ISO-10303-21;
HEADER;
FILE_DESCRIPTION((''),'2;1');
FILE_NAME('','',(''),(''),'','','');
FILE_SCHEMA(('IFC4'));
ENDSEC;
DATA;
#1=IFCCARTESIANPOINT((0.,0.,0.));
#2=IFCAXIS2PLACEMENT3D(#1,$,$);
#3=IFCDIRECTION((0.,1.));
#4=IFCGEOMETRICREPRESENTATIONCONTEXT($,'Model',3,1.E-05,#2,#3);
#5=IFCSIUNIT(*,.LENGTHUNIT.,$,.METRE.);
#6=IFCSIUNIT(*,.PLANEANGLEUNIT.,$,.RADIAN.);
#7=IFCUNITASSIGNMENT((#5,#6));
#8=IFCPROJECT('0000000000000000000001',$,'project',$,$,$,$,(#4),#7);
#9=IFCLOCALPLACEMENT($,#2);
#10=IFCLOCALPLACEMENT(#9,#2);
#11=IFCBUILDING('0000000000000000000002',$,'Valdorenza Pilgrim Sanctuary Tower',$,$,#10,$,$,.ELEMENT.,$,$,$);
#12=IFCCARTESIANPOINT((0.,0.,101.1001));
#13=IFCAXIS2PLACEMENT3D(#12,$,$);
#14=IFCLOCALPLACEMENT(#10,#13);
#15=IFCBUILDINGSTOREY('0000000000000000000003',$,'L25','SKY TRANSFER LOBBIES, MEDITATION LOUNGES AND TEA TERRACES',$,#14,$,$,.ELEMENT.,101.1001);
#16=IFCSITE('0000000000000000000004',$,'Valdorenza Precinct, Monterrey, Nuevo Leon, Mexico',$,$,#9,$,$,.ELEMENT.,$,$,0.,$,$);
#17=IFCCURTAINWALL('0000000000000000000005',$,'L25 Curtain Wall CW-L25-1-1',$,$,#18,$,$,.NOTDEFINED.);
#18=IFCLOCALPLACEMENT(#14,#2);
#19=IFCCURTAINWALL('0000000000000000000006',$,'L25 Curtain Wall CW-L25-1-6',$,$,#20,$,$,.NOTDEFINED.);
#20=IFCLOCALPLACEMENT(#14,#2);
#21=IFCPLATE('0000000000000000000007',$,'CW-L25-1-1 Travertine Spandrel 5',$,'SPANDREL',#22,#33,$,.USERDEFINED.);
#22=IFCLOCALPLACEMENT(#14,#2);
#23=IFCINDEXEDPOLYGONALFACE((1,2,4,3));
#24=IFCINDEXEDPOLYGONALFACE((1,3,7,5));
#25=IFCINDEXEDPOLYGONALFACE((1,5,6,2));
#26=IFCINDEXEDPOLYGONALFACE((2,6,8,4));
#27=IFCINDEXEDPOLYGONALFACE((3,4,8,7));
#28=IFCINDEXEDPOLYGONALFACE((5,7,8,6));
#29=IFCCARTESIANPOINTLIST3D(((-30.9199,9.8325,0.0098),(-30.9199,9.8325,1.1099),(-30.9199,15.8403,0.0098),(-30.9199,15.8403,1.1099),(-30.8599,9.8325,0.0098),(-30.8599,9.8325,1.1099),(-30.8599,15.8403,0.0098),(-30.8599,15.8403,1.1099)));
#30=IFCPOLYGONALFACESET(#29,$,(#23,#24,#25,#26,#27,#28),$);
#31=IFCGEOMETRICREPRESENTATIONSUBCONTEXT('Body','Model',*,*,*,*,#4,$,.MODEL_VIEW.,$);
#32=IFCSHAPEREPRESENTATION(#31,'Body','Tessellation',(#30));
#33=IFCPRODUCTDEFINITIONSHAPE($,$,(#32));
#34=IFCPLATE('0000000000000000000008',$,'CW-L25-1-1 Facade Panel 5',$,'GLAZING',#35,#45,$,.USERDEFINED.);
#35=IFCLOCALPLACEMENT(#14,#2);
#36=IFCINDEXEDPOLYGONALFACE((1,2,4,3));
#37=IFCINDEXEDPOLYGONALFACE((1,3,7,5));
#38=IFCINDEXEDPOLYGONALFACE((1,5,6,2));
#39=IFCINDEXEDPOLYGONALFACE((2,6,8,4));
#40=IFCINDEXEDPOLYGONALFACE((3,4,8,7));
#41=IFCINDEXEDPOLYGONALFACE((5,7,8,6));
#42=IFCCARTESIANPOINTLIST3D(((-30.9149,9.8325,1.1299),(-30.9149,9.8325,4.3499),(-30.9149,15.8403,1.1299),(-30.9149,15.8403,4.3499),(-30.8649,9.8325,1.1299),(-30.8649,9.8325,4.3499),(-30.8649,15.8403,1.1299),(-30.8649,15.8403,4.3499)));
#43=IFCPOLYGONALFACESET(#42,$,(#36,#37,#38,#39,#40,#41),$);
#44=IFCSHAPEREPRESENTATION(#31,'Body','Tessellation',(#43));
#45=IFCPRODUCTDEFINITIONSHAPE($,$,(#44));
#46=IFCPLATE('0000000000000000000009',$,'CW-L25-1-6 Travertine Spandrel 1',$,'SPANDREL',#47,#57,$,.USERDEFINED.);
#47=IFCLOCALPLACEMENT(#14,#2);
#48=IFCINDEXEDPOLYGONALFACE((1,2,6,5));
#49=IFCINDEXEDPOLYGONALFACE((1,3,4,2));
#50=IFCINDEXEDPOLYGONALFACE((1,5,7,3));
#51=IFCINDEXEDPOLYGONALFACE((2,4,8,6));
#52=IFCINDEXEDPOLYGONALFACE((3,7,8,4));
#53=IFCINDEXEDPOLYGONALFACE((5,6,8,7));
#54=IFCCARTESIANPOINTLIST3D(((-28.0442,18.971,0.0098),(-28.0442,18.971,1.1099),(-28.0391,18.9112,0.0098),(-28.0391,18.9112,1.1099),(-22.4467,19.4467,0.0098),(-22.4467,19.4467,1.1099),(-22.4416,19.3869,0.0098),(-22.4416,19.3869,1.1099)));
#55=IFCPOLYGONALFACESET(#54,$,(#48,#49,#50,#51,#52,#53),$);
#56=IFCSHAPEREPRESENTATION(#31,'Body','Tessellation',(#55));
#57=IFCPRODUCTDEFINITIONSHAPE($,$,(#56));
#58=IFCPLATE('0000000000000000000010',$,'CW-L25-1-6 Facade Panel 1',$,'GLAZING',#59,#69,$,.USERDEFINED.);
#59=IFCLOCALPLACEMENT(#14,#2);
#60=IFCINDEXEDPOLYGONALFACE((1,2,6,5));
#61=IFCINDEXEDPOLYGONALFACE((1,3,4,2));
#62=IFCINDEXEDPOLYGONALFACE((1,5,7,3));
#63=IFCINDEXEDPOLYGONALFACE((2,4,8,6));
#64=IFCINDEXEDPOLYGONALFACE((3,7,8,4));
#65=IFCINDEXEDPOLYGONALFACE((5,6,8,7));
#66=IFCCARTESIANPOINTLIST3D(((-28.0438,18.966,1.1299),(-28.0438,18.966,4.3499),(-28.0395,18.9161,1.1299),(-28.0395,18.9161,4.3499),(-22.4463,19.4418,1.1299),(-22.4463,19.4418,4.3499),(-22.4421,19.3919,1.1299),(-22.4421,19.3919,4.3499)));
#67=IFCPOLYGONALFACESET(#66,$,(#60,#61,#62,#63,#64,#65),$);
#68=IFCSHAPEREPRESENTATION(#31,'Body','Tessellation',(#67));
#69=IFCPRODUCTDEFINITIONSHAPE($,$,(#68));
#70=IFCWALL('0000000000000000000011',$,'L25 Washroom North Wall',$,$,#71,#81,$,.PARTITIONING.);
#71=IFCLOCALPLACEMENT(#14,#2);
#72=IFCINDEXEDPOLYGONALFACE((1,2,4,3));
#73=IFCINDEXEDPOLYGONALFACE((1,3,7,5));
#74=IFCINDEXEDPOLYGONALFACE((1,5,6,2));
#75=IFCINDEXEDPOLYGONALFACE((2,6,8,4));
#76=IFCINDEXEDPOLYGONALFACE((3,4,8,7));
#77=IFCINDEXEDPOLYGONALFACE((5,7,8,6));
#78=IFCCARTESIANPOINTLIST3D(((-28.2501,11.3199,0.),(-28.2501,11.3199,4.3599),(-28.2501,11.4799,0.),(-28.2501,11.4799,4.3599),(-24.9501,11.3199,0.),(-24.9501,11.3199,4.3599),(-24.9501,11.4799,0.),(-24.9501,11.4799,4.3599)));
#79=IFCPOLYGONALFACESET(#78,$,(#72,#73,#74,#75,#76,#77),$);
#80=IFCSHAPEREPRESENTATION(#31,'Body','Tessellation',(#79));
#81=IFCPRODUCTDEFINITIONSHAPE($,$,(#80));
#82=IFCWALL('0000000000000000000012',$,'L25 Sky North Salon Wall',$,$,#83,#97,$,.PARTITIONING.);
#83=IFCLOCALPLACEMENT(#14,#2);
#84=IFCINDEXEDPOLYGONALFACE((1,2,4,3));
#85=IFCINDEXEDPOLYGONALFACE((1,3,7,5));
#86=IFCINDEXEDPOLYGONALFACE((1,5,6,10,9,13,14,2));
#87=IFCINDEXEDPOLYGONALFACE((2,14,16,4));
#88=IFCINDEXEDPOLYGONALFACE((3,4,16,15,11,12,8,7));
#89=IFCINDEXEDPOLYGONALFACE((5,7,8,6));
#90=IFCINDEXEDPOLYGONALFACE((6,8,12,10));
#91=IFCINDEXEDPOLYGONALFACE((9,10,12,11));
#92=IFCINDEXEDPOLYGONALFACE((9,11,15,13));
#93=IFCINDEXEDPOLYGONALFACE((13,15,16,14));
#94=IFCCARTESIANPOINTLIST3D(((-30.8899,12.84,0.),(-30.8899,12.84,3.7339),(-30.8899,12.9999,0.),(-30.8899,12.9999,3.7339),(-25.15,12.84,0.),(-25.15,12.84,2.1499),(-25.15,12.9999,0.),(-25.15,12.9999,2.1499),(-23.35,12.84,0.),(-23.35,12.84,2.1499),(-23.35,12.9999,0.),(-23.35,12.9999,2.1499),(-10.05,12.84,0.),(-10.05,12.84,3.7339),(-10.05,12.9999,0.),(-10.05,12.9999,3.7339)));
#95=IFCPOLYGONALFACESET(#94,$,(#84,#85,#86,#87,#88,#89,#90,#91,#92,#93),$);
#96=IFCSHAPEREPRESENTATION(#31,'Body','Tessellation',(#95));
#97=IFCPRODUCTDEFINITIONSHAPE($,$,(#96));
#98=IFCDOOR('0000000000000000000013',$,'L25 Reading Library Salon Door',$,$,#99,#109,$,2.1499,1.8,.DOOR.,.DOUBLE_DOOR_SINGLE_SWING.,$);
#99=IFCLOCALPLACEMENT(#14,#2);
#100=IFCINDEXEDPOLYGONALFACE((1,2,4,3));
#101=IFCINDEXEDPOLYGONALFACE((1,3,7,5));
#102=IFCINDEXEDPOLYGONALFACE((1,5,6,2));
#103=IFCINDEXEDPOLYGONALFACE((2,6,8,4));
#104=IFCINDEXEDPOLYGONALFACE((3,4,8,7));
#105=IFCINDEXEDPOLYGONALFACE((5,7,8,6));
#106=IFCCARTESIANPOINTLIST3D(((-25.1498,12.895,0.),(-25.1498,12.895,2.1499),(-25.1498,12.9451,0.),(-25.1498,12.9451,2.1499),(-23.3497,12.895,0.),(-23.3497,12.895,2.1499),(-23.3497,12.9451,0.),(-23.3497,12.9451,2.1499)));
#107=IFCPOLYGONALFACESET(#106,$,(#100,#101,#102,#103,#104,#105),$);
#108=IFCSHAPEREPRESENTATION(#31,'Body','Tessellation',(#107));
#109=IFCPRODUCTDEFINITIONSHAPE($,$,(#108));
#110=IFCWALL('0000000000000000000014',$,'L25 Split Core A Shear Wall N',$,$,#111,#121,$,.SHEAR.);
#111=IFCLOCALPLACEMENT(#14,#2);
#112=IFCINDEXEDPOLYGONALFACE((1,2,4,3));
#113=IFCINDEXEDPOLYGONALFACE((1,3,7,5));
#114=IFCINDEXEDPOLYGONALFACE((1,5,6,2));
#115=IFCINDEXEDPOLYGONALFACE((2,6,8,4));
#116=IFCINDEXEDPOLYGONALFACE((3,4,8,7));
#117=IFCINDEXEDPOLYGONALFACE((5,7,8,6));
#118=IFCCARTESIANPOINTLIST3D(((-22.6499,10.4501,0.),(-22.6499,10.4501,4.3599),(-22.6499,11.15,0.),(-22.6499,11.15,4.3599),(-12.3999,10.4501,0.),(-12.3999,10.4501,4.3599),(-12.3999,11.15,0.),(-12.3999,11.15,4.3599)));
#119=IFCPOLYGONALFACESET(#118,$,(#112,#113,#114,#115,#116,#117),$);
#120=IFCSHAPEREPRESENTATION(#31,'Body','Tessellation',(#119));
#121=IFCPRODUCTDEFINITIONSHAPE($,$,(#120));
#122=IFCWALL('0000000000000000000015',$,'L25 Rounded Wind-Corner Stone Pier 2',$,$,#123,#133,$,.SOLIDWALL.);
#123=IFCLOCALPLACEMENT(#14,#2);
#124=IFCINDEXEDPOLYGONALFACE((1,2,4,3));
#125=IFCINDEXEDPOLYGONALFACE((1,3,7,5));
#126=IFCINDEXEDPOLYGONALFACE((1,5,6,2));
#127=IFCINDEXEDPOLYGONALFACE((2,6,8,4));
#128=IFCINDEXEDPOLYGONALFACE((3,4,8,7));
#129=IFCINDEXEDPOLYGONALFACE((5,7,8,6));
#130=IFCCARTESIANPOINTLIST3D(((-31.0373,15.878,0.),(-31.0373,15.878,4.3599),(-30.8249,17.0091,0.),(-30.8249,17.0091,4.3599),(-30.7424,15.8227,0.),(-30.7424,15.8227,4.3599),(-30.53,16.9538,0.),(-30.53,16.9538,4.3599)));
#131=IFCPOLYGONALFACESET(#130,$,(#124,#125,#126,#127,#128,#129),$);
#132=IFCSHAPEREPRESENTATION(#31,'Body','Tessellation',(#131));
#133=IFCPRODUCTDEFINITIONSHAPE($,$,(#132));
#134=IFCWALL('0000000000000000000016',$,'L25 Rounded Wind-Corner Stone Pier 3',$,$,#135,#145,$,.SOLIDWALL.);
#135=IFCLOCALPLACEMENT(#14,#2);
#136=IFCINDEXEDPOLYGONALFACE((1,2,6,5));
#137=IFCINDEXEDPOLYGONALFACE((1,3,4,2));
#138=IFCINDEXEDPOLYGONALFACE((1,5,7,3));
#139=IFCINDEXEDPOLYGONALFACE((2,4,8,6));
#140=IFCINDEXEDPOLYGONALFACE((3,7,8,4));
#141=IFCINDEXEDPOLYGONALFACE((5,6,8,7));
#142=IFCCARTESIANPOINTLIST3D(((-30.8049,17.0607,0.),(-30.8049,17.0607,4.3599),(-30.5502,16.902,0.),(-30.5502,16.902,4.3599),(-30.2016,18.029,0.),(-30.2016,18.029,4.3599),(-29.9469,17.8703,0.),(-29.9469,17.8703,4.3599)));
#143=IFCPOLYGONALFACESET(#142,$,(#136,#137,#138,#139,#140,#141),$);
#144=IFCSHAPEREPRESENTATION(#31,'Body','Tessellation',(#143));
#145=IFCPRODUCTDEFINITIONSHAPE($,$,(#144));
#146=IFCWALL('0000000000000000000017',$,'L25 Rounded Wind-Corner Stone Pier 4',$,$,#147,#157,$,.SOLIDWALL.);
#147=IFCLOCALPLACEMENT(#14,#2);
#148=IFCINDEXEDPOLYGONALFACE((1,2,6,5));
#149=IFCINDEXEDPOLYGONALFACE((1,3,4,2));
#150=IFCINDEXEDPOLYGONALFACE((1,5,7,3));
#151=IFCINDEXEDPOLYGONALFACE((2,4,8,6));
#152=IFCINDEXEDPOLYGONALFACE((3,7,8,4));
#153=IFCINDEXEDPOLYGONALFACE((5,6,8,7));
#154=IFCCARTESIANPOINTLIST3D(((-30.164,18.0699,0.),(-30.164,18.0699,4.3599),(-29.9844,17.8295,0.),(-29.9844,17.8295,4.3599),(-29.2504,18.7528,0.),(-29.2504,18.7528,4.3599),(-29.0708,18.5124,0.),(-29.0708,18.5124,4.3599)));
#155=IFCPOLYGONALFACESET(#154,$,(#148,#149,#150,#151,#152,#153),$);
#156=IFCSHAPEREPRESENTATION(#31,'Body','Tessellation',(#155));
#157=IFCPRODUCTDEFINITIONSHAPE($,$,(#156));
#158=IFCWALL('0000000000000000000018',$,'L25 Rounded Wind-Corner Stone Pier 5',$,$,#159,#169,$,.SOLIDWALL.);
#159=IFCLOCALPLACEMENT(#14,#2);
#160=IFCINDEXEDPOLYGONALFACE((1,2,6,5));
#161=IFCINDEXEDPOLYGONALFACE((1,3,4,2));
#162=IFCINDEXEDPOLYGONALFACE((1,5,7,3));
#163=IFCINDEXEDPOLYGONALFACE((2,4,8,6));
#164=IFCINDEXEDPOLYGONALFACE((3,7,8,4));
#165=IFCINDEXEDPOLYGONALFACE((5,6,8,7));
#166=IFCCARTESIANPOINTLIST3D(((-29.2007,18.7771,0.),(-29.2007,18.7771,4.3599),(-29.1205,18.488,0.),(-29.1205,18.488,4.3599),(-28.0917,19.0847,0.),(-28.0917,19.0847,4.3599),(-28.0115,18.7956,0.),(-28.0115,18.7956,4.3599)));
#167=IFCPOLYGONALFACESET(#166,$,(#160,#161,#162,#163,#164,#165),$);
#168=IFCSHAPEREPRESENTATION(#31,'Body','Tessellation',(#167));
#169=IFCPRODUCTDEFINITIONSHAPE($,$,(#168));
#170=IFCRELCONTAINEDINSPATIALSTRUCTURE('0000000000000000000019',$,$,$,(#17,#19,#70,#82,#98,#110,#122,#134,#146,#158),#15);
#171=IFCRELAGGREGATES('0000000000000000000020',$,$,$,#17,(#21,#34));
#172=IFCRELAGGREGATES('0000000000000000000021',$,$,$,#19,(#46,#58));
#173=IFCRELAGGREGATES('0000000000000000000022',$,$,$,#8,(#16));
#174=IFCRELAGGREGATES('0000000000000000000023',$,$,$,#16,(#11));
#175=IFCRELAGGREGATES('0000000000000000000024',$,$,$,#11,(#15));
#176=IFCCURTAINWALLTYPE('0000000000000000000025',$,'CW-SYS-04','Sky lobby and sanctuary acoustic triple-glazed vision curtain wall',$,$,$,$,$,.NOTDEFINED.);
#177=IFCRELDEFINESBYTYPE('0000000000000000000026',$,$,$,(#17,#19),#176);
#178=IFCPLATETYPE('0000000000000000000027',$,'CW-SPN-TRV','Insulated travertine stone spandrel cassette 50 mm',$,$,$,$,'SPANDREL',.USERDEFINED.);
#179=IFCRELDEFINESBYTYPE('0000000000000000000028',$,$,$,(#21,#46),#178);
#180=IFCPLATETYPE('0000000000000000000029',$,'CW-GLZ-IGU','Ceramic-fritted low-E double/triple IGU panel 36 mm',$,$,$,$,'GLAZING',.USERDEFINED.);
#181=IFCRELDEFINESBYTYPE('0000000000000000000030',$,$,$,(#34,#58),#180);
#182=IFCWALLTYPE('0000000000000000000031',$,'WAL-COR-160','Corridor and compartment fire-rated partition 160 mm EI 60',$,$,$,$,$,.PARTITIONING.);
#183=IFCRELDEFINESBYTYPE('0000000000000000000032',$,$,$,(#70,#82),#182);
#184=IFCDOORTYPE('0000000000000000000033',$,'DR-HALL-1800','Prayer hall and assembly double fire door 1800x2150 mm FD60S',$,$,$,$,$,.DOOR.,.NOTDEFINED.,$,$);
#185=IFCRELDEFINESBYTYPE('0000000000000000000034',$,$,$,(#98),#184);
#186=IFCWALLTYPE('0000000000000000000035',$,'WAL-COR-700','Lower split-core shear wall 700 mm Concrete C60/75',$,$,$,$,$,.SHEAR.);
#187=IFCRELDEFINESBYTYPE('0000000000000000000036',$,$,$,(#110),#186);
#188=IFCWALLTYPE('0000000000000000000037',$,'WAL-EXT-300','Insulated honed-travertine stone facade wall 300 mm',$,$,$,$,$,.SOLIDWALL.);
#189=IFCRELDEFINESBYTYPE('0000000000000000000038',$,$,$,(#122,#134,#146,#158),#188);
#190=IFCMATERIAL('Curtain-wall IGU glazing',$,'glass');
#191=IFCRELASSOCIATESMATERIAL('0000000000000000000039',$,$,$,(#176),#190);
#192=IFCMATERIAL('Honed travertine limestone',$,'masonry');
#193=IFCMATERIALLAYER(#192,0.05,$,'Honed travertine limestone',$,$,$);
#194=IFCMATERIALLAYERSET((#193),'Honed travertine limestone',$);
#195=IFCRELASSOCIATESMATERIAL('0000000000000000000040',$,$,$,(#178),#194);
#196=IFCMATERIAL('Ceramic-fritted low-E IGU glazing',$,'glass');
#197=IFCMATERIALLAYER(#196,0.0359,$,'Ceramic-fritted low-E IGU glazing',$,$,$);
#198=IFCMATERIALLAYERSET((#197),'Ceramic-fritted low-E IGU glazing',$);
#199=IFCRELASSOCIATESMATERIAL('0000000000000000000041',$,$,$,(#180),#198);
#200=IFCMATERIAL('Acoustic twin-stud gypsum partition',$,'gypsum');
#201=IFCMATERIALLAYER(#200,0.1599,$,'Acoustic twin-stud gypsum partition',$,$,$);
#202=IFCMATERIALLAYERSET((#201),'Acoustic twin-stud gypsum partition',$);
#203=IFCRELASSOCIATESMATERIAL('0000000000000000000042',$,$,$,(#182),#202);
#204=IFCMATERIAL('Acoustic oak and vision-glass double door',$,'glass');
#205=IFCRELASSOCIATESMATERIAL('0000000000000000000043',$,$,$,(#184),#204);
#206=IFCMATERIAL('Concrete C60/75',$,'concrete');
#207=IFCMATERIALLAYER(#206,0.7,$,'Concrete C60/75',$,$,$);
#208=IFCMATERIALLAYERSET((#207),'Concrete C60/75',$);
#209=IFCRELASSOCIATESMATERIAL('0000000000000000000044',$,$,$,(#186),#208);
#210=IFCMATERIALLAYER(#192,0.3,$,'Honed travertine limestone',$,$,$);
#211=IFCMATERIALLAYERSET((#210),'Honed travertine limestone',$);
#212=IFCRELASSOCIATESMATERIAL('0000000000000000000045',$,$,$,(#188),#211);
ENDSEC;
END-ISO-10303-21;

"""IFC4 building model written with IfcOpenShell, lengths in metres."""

from ifc_helpers import new_model, si_unit, direction, frame, frame_2d, origin, origin_2d, place, context, subcontext, project, spatial, rectangle, extrude, source, transform, mapped, material, layer, layer_set, type_object, element, fill, aggregate, save


model = new_model("IFC4")

# Units and contexts
model_context = context("Model", 3, precision=1e-05, world=origin(), true_north=direction((0.0, 1.0)))
body_context = subcontext(model_context, "Body", "Model", "MODEL_VIEW")
ifc_project = project(units=[si_unit("LENGTHUNIT", "METRE"), si_unit("PLANEANGLEUNIT", "RADIAN")], contexts=[model_context])

# Site, building, storey
site_placement = place(None, origin())
site = spatial("IfcSite", under=ifc_project, at=site_placement, Name="Valdorenza Precinct, Monterrey, Nuevo Leon, Mexico", CompositionType="ELEMENT", RefElevation=0.0)
building_placement = place(site_placement, origin())
building = spatial("IfcBuilding", under=site, at=building_placement, Name="Valdorenza Pilgrim Sanctuary Tower", CompositionType="ELEMENT")
storey_placement = place(building_placement, frame((0.0, 0.0, 101.1001)))
storey = spatial("IfcBuildingStorey", under=building, at=storey_placement, Name="L25", Description="SKY TRANSFER LOBBIES, MEDITATION LOUNGES AND TEA TERRACES", CompositionType="ELEMENT", Elevation=101.1001)

# Shared definitions
ifc_material_1 = material(Name="Concrete C60/75", Category="concrete")

# Curtain wall
ifc_material_2 = material(Name="Curtain-wall IGU glazing", Category="glass")
curtain_wall_type = type_object("IfcCurtainWallType", Name="CW-SYS-04", Description="Sky lobby and sanctuary acoustic triple-glazed vision curtain wall", PredefinedType="NOTDEFINED", material=ifc_material_2)
curtain_wall_1_placement = place(storey_placement, origin())
curtain_wall_1 = element("IfcCurtainWall", 1, at=curtain_wall_1_placement, inside=storey, type_object=curtain_wall_type, Name="L25 Curtain Wall CW-L25-1-1", PredefinedType="NOTDEFINED")

# Curtain wall
curtain_wall_2_placement = place(storey_placement, origin())
curtain_wall_2 = element("IfcCurtainWall", 2, at=curtain_wall_2_placement, inside=storey, type_object=curtain_wall_type, Name="L25 Curtain Wall CW-L25-1-6", PredefinedType="NOTDEFINED")

# Plates
ifc_material_3 = material(Name="Honed travertine limestone", Category="masonry")
ifc_layer_1 = layer(ifc_material_3, 0.05, Name="Honed travertine limestone")
ifc_layer_set_1 = layer_set([ifc_layer_1], Name="Honed travertine limestone")
plate_type_1 = type_object("IfcPlateType", Name="CW-SPN-TRV", Description="Insulated travertine stone spandrel cassette 50 mm", ElementType="SPANDREL", PredefinedType="USERDEFINED", material=ifc_layer_set_1)
shared_shape_1 = source(origin(), body_context, "Body", "SweptSolid", [
    extrude(rectangle(XDim=6.0078, YDim=0.0601, at=origin_2d()), origin(), (0.0, 0.0, 1.0), 1.1001),
])
plate_1_placement = place(storey_placement, frame((-30.8899, 12.8364, 0.0098), z_axis=(0.0, 0.0, 1.0), x_axis=(0.0, 1.0, 0.0)))
plate_1 = element("IfcPlate", 3, at=plate_1_placement, type_object=plate_type_1, Name="CW-L25-1-1 Travertine Spandrel 5", ObjectType="SPANDREL", PredefinedType="USERDEFINED", context=body_context, shape_type="MappedRepresentation", body=[
    mapped(shared_shape_1, transform((0.0, 0.0, 0.0), x_axis=(1.0, 0.0, 0.0), y_axis=(0.0, 1.0, 0.0), z_axis=(0.0, 0.0, 1.0), scale=1.0)),
])
ifc_material_4 = material(Name="Ceramic-fritted low-E IGU glazing", Category="glass")
ifc_layer_2 = layer(ifc_material_4, 0.0359, Name="Ceramic-fritted low-E IGU glazing")
ifc_layer_set_2 = layer_set([ifc_layer_2], Name="Ceramic-fritted low-E IGU glazing")
plate_type_2 = type_object("IfcPlateType", Name="CW-GLZ-IGU", Description="Ceramic-fritted low-E double/triple IGU panel 36 mm", ElementType="GLAZING", PredefinedType="USERDEFINED", material=ifc_layer_set_2)
shared_shape_2 = source(origin(), body_context, "Body", "SweptSolid", [
    extrude(rectangle(XDim=6.0078, YDim=0.05, at=origin_2d()), origin(), (0.0, 0.0, 1.0), 3.22),
])
plate_2_placement = place(storey_placement, frame((-30.8899, 12.8364, 1.1299), z_axis=(0.0, 0.0, 1.0), x_axis=(0.0, 1.0, 0.0)))
plate_2 = element("IfcPlate", 4, at=plate_2_placement, type_object=plate_type_2, Name="CW-L25-1-1 Facade Panel 5", ObjectType="GLAZING", PredefinedType="USERDEFINED", context=body_context, shape_type="MappedRepresentation", body=[
    mapped(shared_shape_2, transform((0.0, 0.0, 0.0), x_axis=(1.0, 0.0, 0.0), y_axis=(0.0, 1.0, 0.0), z_axis=(0.0, 0.0, 1.0), scale=1.0)),
])
aggregate(curtain_wall_1, [plate_1, plate_2])
shared_shape_3 = source(origin(), body_context, "Body", "SweptSolid", [
    extrude(rectangle(XDim=5.6177, YDim=0.0601, at=origin_2d()), origin(), (0.0, 0.0, 1.0), 1.1001),
])
plate_3_placement = place(storey_placement, frame((-25.2429, 19.179, 0.0098), z_axis=(0.0, 0.0, 1.0), x_axis=(0.996408, 0.084687, 0.0)))
plate_3 = element("IfcPlate", 5, at=plate_3_placement, type_object=plate_type_1, Name="CW-L25-1-6 Travertine Spandrel 1", ObjectType="SPANDREL", PredefinedType="USERDEFINED", context=body_context, shape_type="MappedRepresentation", body=[
    mapped(shared_shape_3, transform((0.0, 0.0, 0.0), x_axis=(1.0, 0.0, 0.0), y_axis=(0.0, 1.0, 0.0), z_axis=(0.0, 0.0, 1.0), scale=1.0)),
])
shared_shape_4 = source(origin(), body_context, "Body", "SweptSolid", [
    extrude(rectangle(XDim=5.6177, YDim=0.05, at=origin_2d()), origin(), (0.0, 0.0, 1.0), 3.22),
])
plate_4_placement = place(storey_placement, frame((-25.2429, 19.179, 1.1299), z_axis=(0.0, 0.0, 1.0), x_axis=(0.996408, 0.084687, 0.0)))
plate_4 = element("IfcPlate", 6, at=plate_4_placement, type_object=plate_type_2, Name="CW-L25-1-6 Facade Panel 1", ObjectType="GLAZING", PredefinedType="USERDEFINED", context=body_context, shape_type="MappedRepresentation", body=[
    mapped(shared_shape_4, transform((0.0, 0.0, 0.0), x_axis=(1.0, 0.0, 0.0), y_axis=(0.0, 1.0, 0.0), z_axis=(0.0, 0.0, 1.0), scale=1.0)),
])
aggregate(curtain_wall_2, [plate_3, plate_4])

# Wall
ifc_material_5 = material(Name="Acoustic twin-stud gypsum partition", Category="gypsum")
ifc_layer_3 = layer(ifc_material_5, 0.1599, Name="Acoustic twin-stud gypsum partition")
ifc_layer_set_3 = layer_set([ifc_layer_3], Name="Acoustic twin-stud gypsum partition")
wall_type_1 = type_object("IfcWallType", Name="WAL-COR-160", Description="Corridor and compartment fire-rated partition 160 mm EI 60", PredefinedType="PARTITIONING", material=ifc_layer_set_3)
wall_1_placement = place(storey_placement, frame((-28.25, 11.3999, 0.0), z_axis=(0.0, 0.0, 1.0), x_axis=(1.0, 0.0, 0.0)))
element("IfcWall", 7, at=wall_1_placement, inside=storey, type_object=wall_type_1, Name="L25 Washroom North Wall", PredefinedType="PARTITIONING", context=body_context, shape_type="SweptSolid", body=[
    extrude(rectangle(XDim=3.3, YDim=0.1599, at=frame_2d((1.6499, 0.0))), origin(), (0.0, 0.0, 1.0), 4.3599),
])

# Wall, opening, door
wall_2_placement = place(storey_placement, frame((-30.8899, 12.9199, 0.0), z_axis=(0.0, 0.0, 1.0), x_axis=(1.0, 0.0, 0.0)))
wall_2 = element("IfcWall", 8, at=wall_2_placement, inside=storey, type_object=wall_type_1, Name="L25 Sky North Salon Wall", PredefinedType="PARTITIONING", context=body_context, shape_type="SweptSolid", body=[
    extrude(rectangle(XDim=20.8398, YDim=0.1599, at=frame_2d((10.4199, 0.0))), origin(), (0.0, 0.0, 1.0), 3.7339),
])
opening_placement = place(wall_2_placement, frame((5.74, 0.0, 0.0)))
opening = element("IfcOpeningElement", 9, at=opening_placement, cuts=wall_2, PredefinedType="OPENING", context=body_context, shape_type="SweptSolid", body=[
    extrude(rectangle(XDim=1.8, YDim=2.1499, at=frame_2d((0.8999, 1.075))), frame((0.0, 0.0947, 0.0), z_axis=(0.0, -1.0, 0.0), x_axis=(1.0, 0.0, 0.0)), (0.0, 0.0, 1.0), 0.1897),
])
ifc_material_6 = material(Name="Acoustic oak and vision-glass double door", Category="glass")
door_type = type_object("IfcDoorType", Name="DR-HALL-1800", Description="Prayer hall and assembly double fire door 1800x2150 mm FD60S", OperationType="NOTDEFINED", PredefinedType="DOOR", material=ifc_material_6)
door_placement = place(opening_placement, frame((1.8, 0.0, 0.0), z_axis=(0.0, 0.0, 1.0), x_axis=(-1.0, 0.0, 0.0)))
door = element("IfcDoor", 10, at=door_placement, inside=storey, type_object=door_type, Name="L25 Reading Library Salon Door", OperationType="DOUBLE_DOOR_SINGLE_SWING", OverallHeight=2.1499, OverallWidth=1.8, PredefinedType="DOOR", context=body_context, shape_type="SweptSolid", body=[
    extrude(rectangle(XDim=1.8, YDim=2.1499, at=frame_2d((0.8999, 1.075))), frame((0.0, 0.0249, 0.0), z_axis=(0.0, -1.0, 0.0), x_axis=(1.0, 0.0, 0.0)), (0.0, 0.0, 1.0), 0.05),
])
fill(opening, door)

# Walls
ifc_layer_4 = layer(ifc_material_1, 0.7, Name="Concrete C60/75")
ifc_layer_set_4 = layer_set([ifc_layer_4], Name="Concrete C60/75")
wall_type_2 = type_object("IfcWallType", Name="WAL-COR-700", Description="Lower split-core shear wall 700 mm Concrete C60/75", PredefinedType="SHEAR", material=ifc_layer_set_4)
wall_3_placement = place(storey_placement, frame((-22.6499, 10.8, 0.0), z_axis=(0.0, 0.0, 1.0), x_axis=(1.0, 0.0, 0.0)))
element("IfcWall", 11, at=wall_3_placement, inside=storey, type_object=wall_type_2, Name="L25 Split Core A Shear Wall N", PredefinedType="SHEAR", context=body_context, shape_type="SweptSolid", body=[
    extrude(rectangle(XDim=10.25, YDim=0.7, at=frame_2d((5.125, 0.0))), origin(), (0.0, 0.0, 1.0), 4.3599),
])
ifc_layer_5 = layer(ifc_material_3, 0.3, Name="Honed travertine limestone")
ifc_layer_set_5 = layer_set([ifc_layer_5], Name="Honed travertine limestone")
wall_type_3 = type_object("IfcWallType", Name="WAL-EXT-300", Description="Insulated honed-travertine stone facade wall 300 mm", PredefinedType="SOLIDWALL", material=ifc_layer_set_5)
wall_4_placement = place(storey_placement, frame((-30.8899, 15.8503, 0.0), z_axis=(0.0, 0.0, 1.0), x_axis=(0.184557, 0.982822, 0.0)))
element("IfcWall", 12, at=wall_4_placement, inside=storey, type_object=wall_type_3, Name="L25 Rounded Wind-Corner Stone Pier 2", PredefinedType="SOLIDWALL", context=body_context, shape_type="SweptSolid", body=[
    extrude(rectangle(XDim=1.1509, YDim=0.3, at=frame_2d((0.5754, 0.0))), origin(), (0.0, 0.0, 1.0), 4.3599),
])
wall_5_placement = place(storey_placement, frame((-30.6775, 16.9814, 0.0), z_axis=(0.0, 0.0, 1.0), x_axis=(0.528806, 0.848743, 0.0)))
element("IfcWall", 13, at=wall_5_placement, inside=storey, type_object=wall_type_3, Name="L25 Rounded Wind-Corner Stone Pier 3", PredefinedType="SOLIDWALL", context=body_context, shape_type="SweptSolid", body=[
    extrude(rectangle(XDim=1.1409, YDim=0.3, at=frame_2d((0.5703, 0.0))), origin(), (0.0, 0.0, 1.0), 4.3599),
])
wall_6_placement = place(storey_placement, frame((-30.0742, 17.9497, 0.0), z_axis=(0.0, 0.0, 1.0), x_axis=(0.800975, 0.598698, 0.0)))
element("IfcWall", 14, at=wall_6_placement, inside=storey, type_object=wall_type_3, Name="L25 Rounded Wind-Corner Stone Pier 4", PredefinedType="SOLIDWALL", context=body_context, shape_type="SweptSolid", body=[
    extrude(rectangle(XDim=1.1406, YDim=0.3, at=frame_2d((0.5703, 0.0))), origin(), (0.0, 0.0, 1.0), 4.3599),
])
wall_7_placement = place(storey_placement, frame((-29.1606, 18.6326, 0.0), z_axis=(0.0, 0.0, 1.0), x_axis=(0.963624, 0.267261, 0.0)))
element("IfcWall", 15, at=wall_7_placement, inside=storey, type_object=wall_type_3, Name="L25 Rounded Wind-Corner Stone Pier 5", PredefinedType="SOLIDWALL", context=body_context, shape_type="SweptSolid", body=[
    extrude(rectangle(XDim=1.1509, YDim=0.3, at=frame_2d((0.5754, 0.0))), origin(), (0.0, 0.0, 1.0), 4.3599),
])

save(model, "model.ifc")
